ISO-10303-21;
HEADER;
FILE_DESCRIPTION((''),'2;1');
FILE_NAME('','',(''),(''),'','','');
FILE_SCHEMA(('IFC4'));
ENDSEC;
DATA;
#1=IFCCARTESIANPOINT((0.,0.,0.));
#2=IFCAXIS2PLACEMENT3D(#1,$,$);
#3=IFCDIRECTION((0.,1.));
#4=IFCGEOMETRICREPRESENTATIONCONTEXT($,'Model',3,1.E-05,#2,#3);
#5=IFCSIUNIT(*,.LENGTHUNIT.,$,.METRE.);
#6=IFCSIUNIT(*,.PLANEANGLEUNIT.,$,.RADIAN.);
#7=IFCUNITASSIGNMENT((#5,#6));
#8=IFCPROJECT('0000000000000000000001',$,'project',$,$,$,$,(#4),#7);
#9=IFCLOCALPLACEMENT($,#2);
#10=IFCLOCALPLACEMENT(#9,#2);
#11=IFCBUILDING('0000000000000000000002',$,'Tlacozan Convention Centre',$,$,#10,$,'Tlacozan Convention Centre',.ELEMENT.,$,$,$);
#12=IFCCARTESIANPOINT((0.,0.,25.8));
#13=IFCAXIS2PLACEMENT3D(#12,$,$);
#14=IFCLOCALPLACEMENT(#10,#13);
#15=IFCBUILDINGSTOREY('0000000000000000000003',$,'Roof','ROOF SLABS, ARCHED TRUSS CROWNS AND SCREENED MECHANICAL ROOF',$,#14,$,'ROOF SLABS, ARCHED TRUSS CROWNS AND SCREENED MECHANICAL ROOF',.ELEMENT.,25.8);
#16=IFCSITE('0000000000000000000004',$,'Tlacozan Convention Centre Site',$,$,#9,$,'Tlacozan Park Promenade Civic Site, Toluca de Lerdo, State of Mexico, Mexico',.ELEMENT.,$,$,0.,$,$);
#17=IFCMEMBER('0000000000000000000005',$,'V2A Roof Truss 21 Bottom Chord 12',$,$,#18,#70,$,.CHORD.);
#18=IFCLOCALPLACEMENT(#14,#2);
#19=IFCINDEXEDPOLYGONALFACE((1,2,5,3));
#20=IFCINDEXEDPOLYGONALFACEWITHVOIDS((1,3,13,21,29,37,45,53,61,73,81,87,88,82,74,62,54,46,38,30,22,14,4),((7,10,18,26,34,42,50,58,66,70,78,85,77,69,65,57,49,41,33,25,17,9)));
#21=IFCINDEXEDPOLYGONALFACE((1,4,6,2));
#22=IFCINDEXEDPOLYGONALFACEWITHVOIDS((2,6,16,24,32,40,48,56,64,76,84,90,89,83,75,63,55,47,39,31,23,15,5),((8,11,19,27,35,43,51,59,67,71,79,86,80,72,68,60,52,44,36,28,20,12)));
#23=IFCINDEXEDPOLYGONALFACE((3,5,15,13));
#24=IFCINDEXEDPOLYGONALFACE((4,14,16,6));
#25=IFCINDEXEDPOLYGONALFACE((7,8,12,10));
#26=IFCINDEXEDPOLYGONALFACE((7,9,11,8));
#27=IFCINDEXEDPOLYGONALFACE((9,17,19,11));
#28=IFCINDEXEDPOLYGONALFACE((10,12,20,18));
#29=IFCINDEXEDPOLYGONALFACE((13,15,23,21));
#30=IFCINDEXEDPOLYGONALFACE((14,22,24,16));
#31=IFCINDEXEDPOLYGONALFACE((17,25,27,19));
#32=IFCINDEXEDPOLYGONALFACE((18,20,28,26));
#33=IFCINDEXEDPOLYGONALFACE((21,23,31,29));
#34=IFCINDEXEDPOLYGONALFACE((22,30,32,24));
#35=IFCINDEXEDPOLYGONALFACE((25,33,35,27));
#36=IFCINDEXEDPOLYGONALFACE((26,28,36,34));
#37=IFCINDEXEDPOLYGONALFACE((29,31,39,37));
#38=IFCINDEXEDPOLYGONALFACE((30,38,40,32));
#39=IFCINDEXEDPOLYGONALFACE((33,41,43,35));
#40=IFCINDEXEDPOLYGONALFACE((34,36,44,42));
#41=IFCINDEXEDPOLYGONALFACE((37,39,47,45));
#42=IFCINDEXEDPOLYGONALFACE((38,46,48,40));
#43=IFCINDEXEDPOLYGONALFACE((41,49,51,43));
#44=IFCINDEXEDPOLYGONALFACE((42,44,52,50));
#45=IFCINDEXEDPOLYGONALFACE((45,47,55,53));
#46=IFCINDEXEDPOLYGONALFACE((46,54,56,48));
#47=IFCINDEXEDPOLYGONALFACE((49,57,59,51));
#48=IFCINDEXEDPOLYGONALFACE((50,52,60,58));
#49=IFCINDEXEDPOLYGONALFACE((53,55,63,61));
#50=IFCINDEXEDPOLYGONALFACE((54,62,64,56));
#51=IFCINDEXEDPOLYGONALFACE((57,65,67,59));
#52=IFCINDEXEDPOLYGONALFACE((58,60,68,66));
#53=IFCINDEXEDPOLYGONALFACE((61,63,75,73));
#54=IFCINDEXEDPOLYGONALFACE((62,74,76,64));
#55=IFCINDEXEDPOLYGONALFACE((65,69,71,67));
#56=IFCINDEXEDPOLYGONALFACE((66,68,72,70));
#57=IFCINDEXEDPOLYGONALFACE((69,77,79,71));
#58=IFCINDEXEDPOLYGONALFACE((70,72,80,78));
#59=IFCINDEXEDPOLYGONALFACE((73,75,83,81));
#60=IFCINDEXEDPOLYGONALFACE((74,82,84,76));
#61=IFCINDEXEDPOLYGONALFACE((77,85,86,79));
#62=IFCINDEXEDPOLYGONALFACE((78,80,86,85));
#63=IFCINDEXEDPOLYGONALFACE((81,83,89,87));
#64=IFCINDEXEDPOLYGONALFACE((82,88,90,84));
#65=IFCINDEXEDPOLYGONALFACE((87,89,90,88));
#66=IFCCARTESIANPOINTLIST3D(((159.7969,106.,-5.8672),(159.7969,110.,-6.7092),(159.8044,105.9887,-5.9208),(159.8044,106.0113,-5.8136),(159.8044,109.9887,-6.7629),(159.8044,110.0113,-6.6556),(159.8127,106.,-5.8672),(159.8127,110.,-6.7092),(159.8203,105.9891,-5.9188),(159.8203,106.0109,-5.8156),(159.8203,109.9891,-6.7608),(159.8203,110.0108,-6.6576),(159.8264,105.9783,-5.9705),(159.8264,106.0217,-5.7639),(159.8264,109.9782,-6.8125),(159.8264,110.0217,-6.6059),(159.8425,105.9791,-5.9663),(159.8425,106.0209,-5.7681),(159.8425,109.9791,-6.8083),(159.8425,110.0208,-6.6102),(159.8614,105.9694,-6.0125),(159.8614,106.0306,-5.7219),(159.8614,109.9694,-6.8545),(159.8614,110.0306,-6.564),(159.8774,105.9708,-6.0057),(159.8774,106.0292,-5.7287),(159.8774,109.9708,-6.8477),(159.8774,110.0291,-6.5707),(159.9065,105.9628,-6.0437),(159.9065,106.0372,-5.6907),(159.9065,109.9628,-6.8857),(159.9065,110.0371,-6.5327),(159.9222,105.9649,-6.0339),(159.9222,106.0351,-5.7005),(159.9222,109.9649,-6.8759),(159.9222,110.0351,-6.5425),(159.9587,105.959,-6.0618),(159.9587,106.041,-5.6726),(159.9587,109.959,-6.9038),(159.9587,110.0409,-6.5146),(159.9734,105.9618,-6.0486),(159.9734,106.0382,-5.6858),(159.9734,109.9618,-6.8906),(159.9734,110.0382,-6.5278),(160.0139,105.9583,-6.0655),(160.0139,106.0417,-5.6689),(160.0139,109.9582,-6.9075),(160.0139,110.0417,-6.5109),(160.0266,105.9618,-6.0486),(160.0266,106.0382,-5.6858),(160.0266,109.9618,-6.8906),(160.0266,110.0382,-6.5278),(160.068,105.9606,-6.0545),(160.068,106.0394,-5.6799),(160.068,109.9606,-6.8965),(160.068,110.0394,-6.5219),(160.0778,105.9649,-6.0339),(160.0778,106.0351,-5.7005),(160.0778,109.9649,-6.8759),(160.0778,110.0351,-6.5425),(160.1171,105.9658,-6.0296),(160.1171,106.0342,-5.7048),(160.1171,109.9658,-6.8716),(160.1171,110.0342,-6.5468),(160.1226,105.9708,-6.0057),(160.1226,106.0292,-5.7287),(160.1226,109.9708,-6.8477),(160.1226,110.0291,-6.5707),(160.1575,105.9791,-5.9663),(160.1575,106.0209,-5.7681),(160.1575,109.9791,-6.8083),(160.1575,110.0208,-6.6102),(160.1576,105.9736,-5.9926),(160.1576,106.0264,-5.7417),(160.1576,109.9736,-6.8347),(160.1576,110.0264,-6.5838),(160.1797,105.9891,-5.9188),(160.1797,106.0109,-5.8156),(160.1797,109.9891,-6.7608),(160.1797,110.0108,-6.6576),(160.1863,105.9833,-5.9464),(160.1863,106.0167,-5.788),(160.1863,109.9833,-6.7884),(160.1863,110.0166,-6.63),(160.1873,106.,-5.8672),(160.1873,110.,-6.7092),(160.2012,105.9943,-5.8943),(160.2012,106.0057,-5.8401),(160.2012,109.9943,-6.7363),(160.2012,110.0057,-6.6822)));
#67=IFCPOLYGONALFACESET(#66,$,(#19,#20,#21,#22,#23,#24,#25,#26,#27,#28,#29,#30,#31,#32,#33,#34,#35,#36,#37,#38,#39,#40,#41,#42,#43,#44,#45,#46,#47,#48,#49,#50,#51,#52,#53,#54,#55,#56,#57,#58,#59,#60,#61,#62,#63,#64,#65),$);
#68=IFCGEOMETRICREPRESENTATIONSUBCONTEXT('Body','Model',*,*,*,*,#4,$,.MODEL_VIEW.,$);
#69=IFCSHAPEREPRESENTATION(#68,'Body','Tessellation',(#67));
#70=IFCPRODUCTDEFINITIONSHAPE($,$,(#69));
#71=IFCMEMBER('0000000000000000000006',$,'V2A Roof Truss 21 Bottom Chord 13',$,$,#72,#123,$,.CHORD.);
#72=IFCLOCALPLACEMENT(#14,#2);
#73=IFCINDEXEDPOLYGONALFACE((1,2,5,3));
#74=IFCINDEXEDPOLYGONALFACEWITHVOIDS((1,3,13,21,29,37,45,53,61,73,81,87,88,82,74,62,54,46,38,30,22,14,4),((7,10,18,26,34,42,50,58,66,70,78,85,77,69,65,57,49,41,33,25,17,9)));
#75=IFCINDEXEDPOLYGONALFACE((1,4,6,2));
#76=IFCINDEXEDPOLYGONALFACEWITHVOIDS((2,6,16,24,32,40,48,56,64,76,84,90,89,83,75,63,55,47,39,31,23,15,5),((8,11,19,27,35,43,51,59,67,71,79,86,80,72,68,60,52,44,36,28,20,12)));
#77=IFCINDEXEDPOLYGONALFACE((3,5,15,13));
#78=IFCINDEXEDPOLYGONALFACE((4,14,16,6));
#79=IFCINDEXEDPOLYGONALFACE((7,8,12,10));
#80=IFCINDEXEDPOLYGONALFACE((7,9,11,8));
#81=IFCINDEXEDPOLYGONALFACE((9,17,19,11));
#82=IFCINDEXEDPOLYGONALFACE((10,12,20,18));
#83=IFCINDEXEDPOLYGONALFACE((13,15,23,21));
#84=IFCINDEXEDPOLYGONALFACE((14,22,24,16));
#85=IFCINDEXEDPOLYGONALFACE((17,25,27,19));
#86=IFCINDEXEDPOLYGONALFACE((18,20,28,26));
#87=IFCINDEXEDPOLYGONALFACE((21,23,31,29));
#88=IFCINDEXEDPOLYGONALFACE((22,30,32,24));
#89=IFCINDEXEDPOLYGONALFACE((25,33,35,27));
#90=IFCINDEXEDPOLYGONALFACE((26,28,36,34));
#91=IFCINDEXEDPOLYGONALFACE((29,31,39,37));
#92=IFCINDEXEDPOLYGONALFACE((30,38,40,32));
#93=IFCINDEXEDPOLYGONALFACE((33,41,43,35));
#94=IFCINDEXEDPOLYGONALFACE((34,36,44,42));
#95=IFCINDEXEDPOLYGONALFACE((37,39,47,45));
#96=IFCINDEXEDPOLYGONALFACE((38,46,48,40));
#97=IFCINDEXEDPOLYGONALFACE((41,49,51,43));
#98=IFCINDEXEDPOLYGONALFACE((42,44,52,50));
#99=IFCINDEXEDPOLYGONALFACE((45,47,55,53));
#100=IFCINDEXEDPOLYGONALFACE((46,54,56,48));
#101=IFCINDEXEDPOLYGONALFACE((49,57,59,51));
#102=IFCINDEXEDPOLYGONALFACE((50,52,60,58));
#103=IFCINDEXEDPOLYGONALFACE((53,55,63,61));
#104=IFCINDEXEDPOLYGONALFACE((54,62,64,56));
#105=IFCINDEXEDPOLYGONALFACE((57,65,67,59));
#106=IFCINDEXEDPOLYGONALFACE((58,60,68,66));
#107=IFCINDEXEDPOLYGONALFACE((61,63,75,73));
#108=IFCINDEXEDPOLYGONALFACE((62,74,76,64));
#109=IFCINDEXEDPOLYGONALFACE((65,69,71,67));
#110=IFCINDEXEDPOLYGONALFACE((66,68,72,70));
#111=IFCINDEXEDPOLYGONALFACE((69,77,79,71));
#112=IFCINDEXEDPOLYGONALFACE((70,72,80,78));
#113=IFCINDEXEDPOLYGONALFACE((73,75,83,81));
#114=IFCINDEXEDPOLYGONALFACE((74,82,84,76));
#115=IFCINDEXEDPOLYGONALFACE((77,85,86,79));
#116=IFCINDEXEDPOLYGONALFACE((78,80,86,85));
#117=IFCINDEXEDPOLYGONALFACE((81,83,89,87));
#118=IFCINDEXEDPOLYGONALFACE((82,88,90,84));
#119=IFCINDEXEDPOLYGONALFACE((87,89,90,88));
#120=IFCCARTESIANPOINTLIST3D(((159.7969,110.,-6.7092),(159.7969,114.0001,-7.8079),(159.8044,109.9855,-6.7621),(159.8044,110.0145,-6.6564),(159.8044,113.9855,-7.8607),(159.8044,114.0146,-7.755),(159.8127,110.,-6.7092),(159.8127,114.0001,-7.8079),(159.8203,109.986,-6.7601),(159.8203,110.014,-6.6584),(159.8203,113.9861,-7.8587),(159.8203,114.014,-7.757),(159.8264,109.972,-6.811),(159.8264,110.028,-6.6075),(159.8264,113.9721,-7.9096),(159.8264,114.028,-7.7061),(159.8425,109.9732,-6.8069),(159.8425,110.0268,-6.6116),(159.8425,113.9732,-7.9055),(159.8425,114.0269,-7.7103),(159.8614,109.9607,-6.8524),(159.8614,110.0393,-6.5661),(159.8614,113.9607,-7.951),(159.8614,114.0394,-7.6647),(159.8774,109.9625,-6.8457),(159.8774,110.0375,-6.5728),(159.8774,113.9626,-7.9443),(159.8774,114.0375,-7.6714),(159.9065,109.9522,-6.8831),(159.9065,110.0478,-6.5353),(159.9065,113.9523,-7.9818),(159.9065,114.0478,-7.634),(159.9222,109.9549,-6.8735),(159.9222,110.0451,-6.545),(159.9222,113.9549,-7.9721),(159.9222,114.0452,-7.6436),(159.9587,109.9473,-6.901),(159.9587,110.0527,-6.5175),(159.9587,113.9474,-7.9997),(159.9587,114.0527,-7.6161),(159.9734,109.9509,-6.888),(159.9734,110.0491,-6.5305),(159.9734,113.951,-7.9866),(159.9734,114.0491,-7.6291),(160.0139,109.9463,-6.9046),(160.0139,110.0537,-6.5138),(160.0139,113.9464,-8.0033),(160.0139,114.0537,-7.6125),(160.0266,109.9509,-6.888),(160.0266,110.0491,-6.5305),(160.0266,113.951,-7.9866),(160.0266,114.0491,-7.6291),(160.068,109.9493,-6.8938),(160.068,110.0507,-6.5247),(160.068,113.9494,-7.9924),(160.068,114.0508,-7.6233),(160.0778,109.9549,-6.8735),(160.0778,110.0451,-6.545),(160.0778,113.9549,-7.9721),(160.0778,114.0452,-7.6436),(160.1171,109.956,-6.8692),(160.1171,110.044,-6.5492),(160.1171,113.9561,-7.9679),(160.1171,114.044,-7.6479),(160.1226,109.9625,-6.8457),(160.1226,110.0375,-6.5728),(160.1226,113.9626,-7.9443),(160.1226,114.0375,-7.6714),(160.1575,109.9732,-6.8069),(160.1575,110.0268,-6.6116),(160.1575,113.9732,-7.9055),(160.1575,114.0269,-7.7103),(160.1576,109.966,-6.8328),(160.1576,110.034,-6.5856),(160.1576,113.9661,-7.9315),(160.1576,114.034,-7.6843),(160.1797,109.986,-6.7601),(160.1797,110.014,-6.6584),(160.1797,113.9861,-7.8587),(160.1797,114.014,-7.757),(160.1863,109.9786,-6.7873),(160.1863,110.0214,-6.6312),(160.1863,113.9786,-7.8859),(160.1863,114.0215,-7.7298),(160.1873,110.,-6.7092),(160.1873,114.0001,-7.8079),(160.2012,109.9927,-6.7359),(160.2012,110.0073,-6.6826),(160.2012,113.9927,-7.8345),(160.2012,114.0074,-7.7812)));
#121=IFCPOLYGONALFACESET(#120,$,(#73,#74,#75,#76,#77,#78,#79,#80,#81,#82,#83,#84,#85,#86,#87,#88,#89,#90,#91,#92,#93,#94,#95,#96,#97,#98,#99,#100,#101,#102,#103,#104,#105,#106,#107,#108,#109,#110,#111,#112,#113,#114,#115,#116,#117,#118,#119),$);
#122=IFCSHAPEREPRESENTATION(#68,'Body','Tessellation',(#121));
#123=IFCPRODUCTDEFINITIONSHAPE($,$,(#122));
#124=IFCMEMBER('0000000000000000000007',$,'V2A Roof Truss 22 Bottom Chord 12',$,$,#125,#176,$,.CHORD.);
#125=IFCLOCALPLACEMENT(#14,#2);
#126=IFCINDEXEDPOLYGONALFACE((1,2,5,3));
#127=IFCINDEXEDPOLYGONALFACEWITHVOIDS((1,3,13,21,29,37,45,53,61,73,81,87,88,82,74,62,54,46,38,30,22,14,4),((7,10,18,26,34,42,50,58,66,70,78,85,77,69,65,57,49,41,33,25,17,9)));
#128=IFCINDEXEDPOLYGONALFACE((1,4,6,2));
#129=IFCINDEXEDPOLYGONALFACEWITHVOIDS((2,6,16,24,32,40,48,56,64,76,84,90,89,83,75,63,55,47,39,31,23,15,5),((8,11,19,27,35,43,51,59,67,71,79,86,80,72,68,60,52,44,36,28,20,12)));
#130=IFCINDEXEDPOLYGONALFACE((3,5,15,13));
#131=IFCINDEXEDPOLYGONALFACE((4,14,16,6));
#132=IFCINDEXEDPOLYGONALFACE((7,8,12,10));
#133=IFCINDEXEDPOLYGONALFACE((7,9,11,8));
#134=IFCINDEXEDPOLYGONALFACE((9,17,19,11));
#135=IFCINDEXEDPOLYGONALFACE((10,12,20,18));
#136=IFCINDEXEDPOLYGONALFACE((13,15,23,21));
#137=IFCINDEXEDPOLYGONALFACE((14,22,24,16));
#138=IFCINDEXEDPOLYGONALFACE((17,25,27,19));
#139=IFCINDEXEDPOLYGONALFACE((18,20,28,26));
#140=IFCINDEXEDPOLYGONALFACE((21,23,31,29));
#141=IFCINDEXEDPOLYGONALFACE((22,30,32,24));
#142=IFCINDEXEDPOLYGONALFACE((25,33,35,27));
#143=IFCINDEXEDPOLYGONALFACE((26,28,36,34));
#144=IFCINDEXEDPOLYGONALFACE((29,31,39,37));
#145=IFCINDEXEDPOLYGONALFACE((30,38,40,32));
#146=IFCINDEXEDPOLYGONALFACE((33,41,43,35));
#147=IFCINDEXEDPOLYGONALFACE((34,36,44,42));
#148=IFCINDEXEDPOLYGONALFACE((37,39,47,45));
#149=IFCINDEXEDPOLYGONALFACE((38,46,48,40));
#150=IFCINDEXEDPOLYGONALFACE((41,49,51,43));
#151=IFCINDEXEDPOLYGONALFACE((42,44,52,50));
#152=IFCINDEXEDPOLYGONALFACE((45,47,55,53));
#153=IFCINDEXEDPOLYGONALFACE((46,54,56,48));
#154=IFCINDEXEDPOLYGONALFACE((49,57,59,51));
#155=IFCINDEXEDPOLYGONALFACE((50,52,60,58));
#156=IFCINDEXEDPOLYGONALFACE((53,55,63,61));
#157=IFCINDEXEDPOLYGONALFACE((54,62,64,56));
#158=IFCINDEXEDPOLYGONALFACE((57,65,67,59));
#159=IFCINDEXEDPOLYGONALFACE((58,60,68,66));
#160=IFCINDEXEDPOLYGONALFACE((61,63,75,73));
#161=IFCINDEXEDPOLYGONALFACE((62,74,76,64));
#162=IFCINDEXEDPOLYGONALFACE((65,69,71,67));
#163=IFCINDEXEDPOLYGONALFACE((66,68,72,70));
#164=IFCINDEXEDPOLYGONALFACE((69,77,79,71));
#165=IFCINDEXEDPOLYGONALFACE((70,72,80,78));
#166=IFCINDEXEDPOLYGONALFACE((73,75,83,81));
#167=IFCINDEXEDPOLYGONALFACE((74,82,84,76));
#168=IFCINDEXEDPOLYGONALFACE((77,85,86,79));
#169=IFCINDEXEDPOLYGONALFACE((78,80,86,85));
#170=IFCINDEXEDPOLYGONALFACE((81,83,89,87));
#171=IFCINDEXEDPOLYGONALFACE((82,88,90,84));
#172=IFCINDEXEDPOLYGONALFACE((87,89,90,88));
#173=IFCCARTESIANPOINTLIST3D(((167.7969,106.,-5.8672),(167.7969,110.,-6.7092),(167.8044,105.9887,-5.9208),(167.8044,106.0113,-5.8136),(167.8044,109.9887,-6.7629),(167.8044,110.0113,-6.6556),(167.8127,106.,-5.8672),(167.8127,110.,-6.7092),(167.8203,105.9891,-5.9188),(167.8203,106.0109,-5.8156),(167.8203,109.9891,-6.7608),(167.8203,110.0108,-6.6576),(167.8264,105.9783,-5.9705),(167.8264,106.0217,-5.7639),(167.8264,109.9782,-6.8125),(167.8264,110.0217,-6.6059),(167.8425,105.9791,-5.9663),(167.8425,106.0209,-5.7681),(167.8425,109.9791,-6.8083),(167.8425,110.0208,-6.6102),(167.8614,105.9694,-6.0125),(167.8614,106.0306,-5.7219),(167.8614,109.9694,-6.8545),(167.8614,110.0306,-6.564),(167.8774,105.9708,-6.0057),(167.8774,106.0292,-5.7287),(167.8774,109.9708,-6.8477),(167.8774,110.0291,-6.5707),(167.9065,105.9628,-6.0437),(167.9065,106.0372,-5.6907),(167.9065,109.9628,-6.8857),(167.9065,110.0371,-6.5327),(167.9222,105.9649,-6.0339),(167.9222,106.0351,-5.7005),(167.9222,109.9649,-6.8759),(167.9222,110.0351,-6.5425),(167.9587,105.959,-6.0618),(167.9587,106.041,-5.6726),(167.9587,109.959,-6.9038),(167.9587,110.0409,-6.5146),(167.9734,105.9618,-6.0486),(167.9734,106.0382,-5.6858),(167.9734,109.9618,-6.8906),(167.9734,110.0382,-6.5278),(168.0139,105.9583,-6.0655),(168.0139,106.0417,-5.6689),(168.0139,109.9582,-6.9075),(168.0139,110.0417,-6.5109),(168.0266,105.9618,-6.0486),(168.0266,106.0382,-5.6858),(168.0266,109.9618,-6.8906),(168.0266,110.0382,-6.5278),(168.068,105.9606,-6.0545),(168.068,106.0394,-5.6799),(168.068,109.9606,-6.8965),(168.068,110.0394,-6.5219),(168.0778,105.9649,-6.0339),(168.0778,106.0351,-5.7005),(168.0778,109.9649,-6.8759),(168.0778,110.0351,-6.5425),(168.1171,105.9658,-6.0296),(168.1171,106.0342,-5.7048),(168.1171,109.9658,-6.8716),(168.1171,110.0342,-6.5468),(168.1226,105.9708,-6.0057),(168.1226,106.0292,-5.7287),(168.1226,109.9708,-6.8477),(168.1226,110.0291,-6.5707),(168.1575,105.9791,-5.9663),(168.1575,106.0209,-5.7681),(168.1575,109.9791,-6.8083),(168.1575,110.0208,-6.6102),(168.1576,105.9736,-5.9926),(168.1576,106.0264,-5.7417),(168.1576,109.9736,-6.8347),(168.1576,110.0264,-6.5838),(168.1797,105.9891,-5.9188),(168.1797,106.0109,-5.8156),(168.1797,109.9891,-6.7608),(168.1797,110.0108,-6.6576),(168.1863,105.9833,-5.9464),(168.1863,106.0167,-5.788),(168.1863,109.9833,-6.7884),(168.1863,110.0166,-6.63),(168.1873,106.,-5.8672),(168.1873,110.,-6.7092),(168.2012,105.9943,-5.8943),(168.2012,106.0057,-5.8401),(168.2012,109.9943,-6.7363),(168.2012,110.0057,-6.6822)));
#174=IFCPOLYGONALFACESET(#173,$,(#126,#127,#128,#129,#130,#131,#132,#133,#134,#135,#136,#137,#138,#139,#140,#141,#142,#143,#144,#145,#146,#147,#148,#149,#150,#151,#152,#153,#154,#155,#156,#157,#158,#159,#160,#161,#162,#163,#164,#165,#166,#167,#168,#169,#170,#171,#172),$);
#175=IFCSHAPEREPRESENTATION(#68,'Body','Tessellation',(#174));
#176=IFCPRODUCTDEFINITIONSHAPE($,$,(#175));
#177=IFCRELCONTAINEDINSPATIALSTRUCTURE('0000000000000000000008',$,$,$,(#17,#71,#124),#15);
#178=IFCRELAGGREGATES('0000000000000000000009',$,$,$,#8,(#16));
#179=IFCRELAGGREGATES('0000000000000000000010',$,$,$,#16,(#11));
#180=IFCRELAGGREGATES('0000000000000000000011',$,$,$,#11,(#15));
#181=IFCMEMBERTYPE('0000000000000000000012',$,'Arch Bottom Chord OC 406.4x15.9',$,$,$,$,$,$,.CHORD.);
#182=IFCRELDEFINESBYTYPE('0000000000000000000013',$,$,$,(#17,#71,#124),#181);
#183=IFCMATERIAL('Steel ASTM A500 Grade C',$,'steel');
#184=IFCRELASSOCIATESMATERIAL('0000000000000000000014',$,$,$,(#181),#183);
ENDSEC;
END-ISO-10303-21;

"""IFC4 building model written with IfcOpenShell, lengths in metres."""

from ifc_helpers import new_model, si_unit, direction, frame, origin, origin_2d, place, context, subcontext, project, spatial, hollow_circle, extrude, material, material_profile, profile_set, type_object, element, save


model = new_model("IFC4")

# Units and contexts
model_context = context("Model", 3, precision=1e-05, world=origin(), true_north=direction((0.0, 1.0)))
body_context = subcontext(model_context, "Body", "Model", "MODEL_VIEW")
ifc_project = project(units=[si_unit("LENGTHUNIT", "METRE"), si_unit("PLANEANGLEUNIT", "RADIAN")], contexts=[model_context])

# Site, building, storey
site_placement = place(None, origin())
site = spatial("IfcSite", under=ifc_project, at=site_placement, Name="Tlacozan Convention Centre Site", LongName="Tlacozan Park Promenade Civic Site, Toluca de Lerdo, State of Mexico, Mexico", CompositionType="ELEMENT", RefElevation=0.0)
building_placement = place(site_placement, origin())
building = spatial("IfcBuilding", under=site, at=building_placement, Name="Tlacozan Convention Centre", LongName="Tlacozan Convention Centre", CompositionType="ELEMENT")
storey_placement = place(building_placement, frame((0.0, 0.0, 25.8)))
storey = spatial("IfcBuildingStorey", under=building, at=storey_placement, Name="Roof", Description="ROOF SLABS, ARCHED TRUSS CROWNS AND SCREENED MECHANICAL ROOF", LongName="ROOF SLABS, ARCHED TRUSS CROWNS AND SCREENED MECHANICAL ROOF", CompositionType="ELEMENT", Elevation=25.8)

# Members
ifc_material_1 = material(Name="Steel ASTM A500 Grade C", Category="steel")
ifc_material_profile_1 = material_profile(ifc_material_1, hollow_circle(Radius=0.2031, WallThickness=0.0159, at=origin_2d()), Name="OC 406.4x15.9")
ifc_profile_set_1 = profile_set([ifc_material_profile_1], Name="Steel ASTM A500 Grade C")
member_type_1 = type_object("IfcMemberType", Name="Arch Bottom Chord OC 406.4x15.9", PredefinedType="CHORD", material=ifc_profile_set_1)
member_1_placement = place(storey_placement, frame((160.0, 106.0, -5.8672), z_axis=(0.0, 0.978553, -0.205995), x_axis=(-1.0, 0.0, 0.0)))
element("IfcMember", 1, at=member_1_placement, inside=storey, type_object=member_type_1, Name="V2A Roof Truss 21 Bottom Chord 12", PredefinedType="CHORD", context=body_context, shape_type="SweptSolid", body=[
    extrude(hollow_circle(Radius=0.2031, WallThickness=0.0159, at=origin_2d()), origin(), (0.0, 0.0, 1.0), 4.0876),
])
member_2_placement = place(storey_placement, frame((160.0, 110.0, -6.7092), z_axis=(0.0, 0.96429, -0.26485), x_axis=(-1.0, 0.0, 0.0)))
element("IfcMember", 2, at=member_2_placement, inside=storey, type_object=member_type_1, Name="V2A Roof Truss 21 Bottom Chord 13", PredefinedType="CHORD", context=body_context, shape_type="SweptSolid", body=[
    extrude(hollow_circle(Radius=0.2031, WallThickness=0.0159, at=origin_2d()), origin(), (0.0, 0.0, 1.0), 4.1482),
])
member_3_placement = place(storey_placement, frame((168.0, 106.0, -5.8672), z_axis=(0.0, 0.978553, -0.205995), x_axis=(-1.0, 0.0, 0.0)))
element("IfcMember", 3, at=member_3_placement, inside=storey, type_object=member_type_1, Name="V2A Roof Truss 22 Bottom Chord 12", PredefinedType="CHORD", context=body_context, shape_type="SweptSolid", body=[
    extrude(hollow_circle(Radius=0.2031, WallThickness=0.0159, at=origin_2d()), origin(), (0.0, 0.0, 1.0), 4.0876),
])

save(model, "model.ifc")
